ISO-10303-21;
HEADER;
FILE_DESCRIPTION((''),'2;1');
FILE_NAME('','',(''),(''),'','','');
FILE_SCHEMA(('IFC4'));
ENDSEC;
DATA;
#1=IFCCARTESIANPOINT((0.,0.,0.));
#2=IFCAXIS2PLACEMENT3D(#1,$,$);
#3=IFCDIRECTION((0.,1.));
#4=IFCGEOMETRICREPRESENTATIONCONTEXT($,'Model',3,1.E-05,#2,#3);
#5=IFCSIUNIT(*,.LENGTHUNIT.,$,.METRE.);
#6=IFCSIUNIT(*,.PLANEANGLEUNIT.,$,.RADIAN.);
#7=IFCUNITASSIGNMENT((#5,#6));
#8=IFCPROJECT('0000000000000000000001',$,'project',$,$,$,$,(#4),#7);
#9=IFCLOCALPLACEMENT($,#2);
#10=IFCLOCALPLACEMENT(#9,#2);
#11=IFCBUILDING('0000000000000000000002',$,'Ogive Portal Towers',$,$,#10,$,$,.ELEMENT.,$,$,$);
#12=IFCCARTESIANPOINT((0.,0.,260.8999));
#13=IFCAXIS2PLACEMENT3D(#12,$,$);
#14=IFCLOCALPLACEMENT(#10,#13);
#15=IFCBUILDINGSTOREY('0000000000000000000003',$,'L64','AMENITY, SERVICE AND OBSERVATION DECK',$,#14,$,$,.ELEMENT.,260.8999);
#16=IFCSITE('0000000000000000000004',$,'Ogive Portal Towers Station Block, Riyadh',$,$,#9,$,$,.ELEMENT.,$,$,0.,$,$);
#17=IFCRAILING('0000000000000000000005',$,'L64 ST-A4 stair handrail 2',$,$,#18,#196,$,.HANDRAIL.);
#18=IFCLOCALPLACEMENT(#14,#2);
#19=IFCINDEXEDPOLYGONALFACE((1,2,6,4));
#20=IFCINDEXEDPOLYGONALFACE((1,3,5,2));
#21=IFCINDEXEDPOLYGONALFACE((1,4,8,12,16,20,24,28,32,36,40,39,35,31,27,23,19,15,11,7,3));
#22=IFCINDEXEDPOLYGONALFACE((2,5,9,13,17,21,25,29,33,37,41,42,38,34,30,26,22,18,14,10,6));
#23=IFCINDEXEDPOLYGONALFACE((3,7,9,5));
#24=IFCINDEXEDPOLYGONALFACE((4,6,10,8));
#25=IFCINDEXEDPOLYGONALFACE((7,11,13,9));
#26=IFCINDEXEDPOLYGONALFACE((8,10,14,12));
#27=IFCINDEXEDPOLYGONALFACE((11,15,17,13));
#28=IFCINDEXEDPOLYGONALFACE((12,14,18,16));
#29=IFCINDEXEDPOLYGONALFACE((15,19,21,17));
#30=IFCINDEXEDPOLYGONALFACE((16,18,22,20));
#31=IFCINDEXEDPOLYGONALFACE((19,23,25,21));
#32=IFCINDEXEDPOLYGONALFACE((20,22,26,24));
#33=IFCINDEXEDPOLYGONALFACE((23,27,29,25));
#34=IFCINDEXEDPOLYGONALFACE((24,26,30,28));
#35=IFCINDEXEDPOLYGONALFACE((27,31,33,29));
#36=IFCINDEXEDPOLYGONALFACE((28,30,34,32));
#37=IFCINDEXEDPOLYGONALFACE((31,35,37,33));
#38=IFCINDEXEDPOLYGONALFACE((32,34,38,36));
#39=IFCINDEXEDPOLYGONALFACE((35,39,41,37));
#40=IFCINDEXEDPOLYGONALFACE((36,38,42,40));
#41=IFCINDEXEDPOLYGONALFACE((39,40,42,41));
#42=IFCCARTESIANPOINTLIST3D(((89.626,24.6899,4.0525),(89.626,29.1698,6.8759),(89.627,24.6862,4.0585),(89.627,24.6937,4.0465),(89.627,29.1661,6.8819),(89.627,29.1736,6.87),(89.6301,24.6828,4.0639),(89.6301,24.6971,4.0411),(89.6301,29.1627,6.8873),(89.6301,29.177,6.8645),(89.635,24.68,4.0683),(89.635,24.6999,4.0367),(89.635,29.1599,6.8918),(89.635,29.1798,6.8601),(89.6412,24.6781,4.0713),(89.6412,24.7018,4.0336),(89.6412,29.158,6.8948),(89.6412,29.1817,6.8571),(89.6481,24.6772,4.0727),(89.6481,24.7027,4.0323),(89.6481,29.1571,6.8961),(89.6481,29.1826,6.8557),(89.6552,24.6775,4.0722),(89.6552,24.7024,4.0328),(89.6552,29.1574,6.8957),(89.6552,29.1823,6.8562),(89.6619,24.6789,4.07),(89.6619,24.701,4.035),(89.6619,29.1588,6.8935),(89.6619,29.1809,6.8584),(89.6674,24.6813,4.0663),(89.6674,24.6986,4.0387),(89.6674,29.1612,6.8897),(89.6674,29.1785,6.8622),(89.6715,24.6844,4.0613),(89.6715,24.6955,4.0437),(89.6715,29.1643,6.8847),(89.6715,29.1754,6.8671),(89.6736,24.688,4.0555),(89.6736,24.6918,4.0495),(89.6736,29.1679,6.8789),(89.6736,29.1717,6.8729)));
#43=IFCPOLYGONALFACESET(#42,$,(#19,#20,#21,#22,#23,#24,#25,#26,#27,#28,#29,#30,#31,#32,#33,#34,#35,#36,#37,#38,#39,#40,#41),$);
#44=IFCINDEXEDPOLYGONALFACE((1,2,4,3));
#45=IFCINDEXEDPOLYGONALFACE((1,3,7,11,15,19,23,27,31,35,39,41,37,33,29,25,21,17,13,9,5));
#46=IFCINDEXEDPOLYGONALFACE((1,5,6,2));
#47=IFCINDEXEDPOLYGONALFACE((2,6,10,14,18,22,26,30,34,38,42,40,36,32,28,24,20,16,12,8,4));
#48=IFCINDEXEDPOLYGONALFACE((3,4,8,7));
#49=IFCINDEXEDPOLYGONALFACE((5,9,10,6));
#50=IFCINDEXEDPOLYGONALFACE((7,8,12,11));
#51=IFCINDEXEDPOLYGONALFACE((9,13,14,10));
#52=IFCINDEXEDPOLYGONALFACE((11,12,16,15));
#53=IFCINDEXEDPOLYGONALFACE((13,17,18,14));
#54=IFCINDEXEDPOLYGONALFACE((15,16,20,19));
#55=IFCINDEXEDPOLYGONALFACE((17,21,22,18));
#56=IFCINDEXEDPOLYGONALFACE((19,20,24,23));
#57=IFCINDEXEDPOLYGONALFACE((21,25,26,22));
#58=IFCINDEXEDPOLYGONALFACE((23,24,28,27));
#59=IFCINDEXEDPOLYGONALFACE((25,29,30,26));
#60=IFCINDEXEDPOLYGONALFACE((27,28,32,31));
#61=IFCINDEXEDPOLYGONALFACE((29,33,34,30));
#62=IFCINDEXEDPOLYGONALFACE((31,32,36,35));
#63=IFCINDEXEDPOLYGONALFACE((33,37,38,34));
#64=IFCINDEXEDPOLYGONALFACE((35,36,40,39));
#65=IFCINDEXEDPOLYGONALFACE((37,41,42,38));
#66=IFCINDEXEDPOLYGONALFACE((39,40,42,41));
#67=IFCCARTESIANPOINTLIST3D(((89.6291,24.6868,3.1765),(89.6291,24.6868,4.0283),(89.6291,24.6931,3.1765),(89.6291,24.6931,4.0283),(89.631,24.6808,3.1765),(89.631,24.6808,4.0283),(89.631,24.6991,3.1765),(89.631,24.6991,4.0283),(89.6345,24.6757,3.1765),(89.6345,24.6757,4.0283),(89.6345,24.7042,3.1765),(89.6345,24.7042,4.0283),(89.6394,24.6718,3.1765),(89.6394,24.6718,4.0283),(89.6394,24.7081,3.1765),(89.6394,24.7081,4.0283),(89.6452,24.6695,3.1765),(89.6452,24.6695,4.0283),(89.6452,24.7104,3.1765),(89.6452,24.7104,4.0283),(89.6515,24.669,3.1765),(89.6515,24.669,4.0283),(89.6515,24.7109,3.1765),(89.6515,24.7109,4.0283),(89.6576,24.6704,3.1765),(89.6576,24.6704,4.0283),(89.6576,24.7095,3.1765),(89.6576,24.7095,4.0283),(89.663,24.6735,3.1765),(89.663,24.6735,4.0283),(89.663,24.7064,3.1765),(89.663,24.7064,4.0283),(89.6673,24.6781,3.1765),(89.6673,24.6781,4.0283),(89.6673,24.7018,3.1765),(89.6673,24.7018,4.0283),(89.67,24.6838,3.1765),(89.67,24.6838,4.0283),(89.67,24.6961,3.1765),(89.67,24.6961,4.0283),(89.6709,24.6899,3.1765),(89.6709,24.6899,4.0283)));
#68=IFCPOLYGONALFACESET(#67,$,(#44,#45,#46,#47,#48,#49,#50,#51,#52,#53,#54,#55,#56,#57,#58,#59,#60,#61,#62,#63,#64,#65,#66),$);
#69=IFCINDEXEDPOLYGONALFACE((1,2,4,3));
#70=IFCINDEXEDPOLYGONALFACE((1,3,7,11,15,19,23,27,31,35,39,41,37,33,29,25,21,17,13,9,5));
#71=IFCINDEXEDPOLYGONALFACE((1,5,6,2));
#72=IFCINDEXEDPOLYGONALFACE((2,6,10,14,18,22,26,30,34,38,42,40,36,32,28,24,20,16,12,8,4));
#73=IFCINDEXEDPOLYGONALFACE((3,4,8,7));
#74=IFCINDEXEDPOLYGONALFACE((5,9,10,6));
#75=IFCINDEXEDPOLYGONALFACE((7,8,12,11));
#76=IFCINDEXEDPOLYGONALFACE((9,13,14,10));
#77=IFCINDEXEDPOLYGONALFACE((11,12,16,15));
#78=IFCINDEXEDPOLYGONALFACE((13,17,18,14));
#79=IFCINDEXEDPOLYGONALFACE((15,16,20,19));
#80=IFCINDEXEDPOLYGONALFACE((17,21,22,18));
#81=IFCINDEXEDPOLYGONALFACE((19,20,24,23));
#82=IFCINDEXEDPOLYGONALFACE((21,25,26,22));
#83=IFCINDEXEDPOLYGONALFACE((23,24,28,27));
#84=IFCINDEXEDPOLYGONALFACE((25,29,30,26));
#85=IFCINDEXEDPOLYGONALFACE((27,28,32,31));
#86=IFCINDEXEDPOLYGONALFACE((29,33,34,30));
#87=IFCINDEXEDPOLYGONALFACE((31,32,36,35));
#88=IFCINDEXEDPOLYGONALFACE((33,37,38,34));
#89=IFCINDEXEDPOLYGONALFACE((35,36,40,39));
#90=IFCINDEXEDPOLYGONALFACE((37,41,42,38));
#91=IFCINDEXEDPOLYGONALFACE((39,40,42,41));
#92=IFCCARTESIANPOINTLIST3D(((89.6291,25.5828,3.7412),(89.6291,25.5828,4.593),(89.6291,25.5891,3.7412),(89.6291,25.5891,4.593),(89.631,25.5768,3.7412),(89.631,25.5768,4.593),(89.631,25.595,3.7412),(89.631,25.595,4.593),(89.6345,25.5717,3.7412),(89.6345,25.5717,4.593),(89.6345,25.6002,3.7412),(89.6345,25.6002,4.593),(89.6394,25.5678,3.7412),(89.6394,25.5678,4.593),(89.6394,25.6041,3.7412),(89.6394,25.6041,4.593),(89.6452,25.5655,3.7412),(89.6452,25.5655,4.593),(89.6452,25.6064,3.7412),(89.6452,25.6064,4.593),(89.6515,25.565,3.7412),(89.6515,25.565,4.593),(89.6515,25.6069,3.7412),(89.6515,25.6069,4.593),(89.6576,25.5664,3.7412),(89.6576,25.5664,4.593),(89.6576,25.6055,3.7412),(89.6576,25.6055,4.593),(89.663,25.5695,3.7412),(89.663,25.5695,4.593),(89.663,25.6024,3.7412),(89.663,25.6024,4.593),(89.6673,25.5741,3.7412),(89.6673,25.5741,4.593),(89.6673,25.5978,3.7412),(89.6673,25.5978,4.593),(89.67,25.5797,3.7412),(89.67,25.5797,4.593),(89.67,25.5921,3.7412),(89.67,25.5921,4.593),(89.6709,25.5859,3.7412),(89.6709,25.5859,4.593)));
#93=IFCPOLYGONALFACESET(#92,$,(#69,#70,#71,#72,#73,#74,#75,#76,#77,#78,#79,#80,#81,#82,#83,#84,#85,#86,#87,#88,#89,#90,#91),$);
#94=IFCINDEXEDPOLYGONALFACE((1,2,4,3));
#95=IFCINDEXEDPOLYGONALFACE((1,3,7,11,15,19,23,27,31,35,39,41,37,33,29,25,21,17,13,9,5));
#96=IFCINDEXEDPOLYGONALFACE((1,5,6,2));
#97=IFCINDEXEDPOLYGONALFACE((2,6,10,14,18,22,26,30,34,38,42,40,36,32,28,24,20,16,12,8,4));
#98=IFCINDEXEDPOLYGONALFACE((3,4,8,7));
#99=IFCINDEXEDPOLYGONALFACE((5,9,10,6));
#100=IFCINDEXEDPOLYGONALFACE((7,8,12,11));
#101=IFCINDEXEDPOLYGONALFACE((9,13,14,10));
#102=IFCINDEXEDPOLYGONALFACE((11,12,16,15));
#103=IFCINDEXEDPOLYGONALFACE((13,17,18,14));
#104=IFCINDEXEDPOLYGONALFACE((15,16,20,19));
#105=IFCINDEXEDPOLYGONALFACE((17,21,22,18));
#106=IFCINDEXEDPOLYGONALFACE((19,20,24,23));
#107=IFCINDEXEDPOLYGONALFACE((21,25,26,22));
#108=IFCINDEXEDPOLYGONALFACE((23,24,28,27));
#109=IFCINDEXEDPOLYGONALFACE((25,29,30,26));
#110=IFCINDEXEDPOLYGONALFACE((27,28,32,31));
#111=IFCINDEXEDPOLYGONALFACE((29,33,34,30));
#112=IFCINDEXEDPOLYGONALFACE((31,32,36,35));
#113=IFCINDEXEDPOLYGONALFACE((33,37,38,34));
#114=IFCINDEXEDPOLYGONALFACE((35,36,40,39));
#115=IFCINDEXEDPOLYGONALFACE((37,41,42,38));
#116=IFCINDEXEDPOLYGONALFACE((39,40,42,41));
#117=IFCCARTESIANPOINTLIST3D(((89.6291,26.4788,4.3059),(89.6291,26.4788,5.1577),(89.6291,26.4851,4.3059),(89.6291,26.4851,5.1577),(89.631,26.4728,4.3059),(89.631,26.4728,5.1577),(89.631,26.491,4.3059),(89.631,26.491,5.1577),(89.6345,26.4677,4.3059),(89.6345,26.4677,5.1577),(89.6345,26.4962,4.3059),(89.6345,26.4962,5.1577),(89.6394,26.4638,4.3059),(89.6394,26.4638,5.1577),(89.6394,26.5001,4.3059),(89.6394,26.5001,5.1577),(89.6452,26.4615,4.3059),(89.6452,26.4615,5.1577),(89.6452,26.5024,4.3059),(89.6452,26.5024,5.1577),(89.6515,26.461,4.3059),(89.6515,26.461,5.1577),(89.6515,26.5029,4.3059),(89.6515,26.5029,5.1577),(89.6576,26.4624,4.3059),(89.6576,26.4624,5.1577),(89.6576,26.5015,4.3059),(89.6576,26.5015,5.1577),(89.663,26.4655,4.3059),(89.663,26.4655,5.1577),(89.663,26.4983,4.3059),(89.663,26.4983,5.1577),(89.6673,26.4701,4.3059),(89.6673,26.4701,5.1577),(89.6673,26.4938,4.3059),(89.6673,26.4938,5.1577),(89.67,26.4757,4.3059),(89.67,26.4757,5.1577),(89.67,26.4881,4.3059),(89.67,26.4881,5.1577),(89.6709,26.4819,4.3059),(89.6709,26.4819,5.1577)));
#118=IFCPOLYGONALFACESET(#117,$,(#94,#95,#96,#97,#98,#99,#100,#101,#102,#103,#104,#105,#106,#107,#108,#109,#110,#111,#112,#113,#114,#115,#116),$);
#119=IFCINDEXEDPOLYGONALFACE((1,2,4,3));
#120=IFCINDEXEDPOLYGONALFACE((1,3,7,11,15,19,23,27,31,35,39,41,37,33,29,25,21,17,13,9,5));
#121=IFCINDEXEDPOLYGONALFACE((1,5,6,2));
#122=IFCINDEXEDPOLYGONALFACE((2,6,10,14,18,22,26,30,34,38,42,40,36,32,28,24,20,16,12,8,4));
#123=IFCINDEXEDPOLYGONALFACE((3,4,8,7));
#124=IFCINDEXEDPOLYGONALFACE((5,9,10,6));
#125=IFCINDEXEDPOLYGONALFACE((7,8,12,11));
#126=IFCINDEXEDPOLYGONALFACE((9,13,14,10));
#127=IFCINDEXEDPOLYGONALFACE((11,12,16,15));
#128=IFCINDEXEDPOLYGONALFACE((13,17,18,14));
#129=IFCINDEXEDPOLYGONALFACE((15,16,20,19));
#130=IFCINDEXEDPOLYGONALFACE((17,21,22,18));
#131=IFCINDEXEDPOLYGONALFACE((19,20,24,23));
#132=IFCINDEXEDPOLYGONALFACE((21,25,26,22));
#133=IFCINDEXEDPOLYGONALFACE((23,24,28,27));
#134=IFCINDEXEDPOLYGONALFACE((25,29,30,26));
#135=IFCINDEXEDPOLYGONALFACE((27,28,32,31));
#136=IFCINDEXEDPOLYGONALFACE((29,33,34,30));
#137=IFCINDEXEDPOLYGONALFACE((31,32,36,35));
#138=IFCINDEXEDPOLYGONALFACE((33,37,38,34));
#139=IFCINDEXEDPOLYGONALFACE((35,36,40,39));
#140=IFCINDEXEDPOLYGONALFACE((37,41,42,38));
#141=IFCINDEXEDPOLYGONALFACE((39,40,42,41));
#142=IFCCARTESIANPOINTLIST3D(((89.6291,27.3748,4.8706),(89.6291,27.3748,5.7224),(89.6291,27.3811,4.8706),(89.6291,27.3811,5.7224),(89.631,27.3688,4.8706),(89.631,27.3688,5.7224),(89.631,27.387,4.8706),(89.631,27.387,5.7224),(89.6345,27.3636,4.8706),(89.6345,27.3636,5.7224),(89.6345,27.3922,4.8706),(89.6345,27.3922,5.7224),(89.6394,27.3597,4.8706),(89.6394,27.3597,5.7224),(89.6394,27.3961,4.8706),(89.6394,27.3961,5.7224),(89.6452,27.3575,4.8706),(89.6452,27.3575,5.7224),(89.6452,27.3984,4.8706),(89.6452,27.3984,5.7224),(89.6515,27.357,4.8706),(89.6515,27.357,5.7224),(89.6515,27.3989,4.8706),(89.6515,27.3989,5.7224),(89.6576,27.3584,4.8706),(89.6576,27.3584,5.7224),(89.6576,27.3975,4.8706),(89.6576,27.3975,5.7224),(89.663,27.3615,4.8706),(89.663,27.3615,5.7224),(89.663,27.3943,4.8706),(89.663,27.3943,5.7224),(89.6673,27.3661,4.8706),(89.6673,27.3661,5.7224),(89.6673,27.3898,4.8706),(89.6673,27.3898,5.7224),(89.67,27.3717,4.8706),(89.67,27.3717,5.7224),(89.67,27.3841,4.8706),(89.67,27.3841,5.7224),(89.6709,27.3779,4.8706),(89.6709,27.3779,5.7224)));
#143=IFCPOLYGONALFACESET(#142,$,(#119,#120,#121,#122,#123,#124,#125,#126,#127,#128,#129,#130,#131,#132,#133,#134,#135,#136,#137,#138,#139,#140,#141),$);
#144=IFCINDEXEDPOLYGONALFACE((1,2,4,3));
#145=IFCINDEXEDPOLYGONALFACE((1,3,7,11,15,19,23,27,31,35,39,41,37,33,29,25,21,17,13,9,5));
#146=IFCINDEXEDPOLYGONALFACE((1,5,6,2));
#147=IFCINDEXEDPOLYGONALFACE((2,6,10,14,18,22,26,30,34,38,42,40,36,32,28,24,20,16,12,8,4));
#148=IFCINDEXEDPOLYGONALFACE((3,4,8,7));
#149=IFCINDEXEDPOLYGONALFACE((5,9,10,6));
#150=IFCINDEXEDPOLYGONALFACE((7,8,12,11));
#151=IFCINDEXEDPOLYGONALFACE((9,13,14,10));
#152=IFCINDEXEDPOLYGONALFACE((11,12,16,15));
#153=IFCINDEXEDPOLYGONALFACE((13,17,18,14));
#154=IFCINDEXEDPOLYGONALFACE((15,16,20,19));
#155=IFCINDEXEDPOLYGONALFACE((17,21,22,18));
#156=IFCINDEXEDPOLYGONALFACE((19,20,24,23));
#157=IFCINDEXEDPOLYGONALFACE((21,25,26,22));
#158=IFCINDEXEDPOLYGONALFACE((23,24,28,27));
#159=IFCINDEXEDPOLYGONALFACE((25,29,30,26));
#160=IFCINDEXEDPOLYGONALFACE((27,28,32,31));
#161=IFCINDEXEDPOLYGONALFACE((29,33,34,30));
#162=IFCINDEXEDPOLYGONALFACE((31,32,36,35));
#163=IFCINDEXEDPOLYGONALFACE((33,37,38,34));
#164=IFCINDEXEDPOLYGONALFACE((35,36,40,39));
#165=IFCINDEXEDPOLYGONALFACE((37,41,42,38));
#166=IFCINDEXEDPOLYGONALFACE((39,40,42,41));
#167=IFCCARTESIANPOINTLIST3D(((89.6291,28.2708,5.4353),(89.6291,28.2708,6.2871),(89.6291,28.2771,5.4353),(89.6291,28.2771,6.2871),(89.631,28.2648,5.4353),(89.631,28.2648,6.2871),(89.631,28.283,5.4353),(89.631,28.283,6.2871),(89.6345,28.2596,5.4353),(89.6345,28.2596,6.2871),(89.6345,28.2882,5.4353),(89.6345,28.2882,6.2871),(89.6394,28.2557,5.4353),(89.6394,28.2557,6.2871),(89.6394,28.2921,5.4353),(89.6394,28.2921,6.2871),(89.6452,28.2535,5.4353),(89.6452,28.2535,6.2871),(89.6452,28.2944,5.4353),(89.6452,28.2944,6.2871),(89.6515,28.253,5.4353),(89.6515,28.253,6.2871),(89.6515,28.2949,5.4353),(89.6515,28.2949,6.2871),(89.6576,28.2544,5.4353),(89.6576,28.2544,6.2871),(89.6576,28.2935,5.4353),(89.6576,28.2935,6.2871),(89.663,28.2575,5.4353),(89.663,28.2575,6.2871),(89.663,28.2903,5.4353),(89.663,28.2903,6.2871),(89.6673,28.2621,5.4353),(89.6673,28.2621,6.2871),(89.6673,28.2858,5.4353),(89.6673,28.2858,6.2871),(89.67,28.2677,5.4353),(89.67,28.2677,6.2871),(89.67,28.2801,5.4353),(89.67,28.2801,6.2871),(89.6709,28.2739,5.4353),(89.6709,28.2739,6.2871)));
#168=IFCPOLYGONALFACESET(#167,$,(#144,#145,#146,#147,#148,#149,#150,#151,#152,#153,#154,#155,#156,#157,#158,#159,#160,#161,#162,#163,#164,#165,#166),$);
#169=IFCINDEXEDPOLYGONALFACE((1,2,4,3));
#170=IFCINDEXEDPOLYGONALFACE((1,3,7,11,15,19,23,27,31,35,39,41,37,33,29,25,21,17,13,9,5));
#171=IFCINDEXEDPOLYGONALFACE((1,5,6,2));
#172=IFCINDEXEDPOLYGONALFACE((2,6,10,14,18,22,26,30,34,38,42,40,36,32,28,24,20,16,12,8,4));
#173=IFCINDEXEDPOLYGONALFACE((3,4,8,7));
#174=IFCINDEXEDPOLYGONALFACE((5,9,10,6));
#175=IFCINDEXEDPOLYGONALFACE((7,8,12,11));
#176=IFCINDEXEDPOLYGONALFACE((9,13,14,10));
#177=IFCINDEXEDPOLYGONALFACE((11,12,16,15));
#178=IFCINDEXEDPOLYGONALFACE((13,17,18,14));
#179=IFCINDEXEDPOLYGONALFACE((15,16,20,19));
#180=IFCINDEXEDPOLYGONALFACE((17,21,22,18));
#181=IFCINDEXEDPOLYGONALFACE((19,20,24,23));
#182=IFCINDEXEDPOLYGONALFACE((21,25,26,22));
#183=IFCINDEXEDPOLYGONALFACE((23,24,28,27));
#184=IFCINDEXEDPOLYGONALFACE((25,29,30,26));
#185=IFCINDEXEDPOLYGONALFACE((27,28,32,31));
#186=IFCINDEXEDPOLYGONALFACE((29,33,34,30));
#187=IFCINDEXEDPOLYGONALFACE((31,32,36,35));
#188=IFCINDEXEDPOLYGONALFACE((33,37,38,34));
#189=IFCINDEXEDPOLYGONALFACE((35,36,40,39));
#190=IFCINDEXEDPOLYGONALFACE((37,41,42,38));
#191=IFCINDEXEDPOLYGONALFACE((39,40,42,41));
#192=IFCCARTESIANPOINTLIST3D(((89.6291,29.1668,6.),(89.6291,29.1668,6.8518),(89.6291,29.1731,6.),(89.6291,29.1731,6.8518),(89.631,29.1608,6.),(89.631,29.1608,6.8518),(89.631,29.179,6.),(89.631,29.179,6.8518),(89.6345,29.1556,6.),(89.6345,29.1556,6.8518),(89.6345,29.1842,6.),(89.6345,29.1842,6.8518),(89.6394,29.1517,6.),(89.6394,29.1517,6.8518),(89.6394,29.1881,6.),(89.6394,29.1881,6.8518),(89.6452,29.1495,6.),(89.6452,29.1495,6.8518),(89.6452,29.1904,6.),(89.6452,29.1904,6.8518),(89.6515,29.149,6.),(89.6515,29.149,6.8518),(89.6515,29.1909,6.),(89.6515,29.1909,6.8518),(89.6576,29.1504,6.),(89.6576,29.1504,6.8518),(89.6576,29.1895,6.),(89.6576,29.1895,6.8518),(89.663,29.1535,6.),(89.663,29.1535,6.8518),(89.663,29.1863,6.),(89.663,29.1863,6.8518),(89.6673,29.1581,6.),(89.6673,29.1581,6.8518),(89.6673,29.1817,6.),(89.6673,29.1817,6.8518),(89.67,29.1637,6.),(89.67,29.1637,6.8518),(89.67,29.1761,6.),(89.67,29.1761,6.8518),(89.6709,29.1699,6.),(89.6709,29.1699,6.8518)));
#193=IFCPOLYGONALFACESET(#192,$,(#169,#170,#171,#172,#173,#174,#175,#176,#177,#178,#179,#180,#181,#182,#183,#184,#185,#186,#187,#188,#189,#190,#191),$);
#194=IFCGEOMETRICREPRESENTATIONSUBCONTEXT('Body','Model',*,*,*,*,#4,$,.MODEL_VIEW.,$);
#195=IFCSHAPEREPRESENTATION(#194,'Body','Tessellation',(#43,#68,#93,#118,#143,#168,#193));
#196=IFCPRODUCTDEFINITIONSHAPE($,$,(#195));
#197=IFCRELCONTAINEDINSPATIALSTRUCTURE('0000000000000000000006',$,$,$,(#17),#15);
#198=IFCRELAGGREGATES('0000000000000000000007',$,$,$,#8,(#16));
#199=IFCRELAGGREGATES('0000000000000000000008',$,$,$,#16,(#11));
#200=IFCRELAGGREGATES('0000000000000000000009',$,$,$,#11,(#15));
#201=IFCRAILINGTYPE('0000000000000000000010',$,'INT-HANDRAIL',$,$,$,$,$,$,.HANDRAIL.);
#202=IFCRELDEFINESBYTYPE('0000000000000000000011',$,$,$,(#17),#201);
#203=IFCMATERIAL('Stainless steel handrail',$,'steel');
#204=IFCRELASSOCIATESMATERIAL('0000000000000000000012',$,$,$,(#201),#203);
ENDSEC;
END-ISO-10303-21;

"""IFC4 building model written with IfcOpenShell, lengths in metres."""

from ifc_helpers import new_model, si_unit, direction, frame, origin, origin_2d, place, context, subcontext, project, spatial, circle, extrude, material, type_object, element, save


model = new_model("IFC4")

# Units and contexts
model_context = context("Model", 3, precision=1e-05, world=origin(), true_north=direction((0.0, 1.0)))
body_context = subcontext(model_context, "Body", "Model", "MODEL_VIEW")
ifc_project = project(units=[si_unit("LENGTHUNIT", "METRE"), si_unit("PLANEANGLEUNIT", "RADIAN")], contexts=[model_context])

# Site, building, storey
site_placement = place(None, origin())
site = spatial("IfcSite", under=ifc_project, at=site_placement, Name="Ogive Portal Towers Station Block, Riyadh", CompositionType="ELEMENT", RefElevation=0.0)
building_placement = place(site_placement, origin())
building = spatial("IfcBuilding", under=site, at=building_placement, Name="Ogive Portal Towers", CompositionType="ELEMENT")
storey_placement = place(building_placement, frame((0.0, 0.0, 260.8999)))
storey = spatial("IfcBuildingStorey", under=building, at=storey_placement, Name="L64", Description="AMENITY, SERVICE AND OBSERVATION DECK", CompositionType="ELEMENT", Elevation=260.8999)

# Railing
ifc_material_1 = material(Name="Stainless steel handrail", Category="steel")
railing_type_1 = type_object("IfcRailingType", Name="INT-HANDRAIL", PredefinedType="HANDRAIL", material=ifc_material_1)
railing_1_placement = place(storey_placement, frame((89.6499, 24.6899, 3.1765)))
element("IfcRailing", 1, at=railing_1_placement, inside=storey, type_object=railing_type_1, Name="L64 ST-A4 stair handrail 2", PredefinedType="HANDRAIL", context=body_context, shape_type="SweptSolid", body=[
    extrude(circle(Radius=0.0239, at=origin_2d()), frame((0.0, 0.0, 0.876), z_axis=(0.0, 0.845998, 0.533186), x_axis=(-1.0, 0.0, 0.0)), (0.0, 0.0, 1.0), 5.2954),
    extrude(circle(Radius=0.021, at=origin_2d()), origin(), (0.0, 0.0, 1.0), 0.8518),
    extrude(circle(Radius=0.021, at=origin_2d()), frame((0.0, 0.896, 0.5647)), (0.0, 0.0, 1.0), 0.8518),
    extrude(circle(Radius=0.021, at=origin_2d()), frame((0.0, 1.792, 1.1294)), (0.0, 0.0, 1.0), 0.8518),
    extrude(circle(Radius=0.021, at=origin_2d()), frame((0.0, 2.688, 1.6941)), (0.0, 0.0, 1.0), 0.8518),
    extrude(circle(Radius=0.021, at=origin_2d()), frame((0.0, 3.584, 2.2588)), (0.0, 0.0, 1.0), 0.8518),
    extrude(circle(Radius=0.021, at=origin_2d()), frame((0.0, 4.48, 2.8235)), (0.0, 0.0, 1.0), 0.8518),
])

save(model, "model.ifc")
